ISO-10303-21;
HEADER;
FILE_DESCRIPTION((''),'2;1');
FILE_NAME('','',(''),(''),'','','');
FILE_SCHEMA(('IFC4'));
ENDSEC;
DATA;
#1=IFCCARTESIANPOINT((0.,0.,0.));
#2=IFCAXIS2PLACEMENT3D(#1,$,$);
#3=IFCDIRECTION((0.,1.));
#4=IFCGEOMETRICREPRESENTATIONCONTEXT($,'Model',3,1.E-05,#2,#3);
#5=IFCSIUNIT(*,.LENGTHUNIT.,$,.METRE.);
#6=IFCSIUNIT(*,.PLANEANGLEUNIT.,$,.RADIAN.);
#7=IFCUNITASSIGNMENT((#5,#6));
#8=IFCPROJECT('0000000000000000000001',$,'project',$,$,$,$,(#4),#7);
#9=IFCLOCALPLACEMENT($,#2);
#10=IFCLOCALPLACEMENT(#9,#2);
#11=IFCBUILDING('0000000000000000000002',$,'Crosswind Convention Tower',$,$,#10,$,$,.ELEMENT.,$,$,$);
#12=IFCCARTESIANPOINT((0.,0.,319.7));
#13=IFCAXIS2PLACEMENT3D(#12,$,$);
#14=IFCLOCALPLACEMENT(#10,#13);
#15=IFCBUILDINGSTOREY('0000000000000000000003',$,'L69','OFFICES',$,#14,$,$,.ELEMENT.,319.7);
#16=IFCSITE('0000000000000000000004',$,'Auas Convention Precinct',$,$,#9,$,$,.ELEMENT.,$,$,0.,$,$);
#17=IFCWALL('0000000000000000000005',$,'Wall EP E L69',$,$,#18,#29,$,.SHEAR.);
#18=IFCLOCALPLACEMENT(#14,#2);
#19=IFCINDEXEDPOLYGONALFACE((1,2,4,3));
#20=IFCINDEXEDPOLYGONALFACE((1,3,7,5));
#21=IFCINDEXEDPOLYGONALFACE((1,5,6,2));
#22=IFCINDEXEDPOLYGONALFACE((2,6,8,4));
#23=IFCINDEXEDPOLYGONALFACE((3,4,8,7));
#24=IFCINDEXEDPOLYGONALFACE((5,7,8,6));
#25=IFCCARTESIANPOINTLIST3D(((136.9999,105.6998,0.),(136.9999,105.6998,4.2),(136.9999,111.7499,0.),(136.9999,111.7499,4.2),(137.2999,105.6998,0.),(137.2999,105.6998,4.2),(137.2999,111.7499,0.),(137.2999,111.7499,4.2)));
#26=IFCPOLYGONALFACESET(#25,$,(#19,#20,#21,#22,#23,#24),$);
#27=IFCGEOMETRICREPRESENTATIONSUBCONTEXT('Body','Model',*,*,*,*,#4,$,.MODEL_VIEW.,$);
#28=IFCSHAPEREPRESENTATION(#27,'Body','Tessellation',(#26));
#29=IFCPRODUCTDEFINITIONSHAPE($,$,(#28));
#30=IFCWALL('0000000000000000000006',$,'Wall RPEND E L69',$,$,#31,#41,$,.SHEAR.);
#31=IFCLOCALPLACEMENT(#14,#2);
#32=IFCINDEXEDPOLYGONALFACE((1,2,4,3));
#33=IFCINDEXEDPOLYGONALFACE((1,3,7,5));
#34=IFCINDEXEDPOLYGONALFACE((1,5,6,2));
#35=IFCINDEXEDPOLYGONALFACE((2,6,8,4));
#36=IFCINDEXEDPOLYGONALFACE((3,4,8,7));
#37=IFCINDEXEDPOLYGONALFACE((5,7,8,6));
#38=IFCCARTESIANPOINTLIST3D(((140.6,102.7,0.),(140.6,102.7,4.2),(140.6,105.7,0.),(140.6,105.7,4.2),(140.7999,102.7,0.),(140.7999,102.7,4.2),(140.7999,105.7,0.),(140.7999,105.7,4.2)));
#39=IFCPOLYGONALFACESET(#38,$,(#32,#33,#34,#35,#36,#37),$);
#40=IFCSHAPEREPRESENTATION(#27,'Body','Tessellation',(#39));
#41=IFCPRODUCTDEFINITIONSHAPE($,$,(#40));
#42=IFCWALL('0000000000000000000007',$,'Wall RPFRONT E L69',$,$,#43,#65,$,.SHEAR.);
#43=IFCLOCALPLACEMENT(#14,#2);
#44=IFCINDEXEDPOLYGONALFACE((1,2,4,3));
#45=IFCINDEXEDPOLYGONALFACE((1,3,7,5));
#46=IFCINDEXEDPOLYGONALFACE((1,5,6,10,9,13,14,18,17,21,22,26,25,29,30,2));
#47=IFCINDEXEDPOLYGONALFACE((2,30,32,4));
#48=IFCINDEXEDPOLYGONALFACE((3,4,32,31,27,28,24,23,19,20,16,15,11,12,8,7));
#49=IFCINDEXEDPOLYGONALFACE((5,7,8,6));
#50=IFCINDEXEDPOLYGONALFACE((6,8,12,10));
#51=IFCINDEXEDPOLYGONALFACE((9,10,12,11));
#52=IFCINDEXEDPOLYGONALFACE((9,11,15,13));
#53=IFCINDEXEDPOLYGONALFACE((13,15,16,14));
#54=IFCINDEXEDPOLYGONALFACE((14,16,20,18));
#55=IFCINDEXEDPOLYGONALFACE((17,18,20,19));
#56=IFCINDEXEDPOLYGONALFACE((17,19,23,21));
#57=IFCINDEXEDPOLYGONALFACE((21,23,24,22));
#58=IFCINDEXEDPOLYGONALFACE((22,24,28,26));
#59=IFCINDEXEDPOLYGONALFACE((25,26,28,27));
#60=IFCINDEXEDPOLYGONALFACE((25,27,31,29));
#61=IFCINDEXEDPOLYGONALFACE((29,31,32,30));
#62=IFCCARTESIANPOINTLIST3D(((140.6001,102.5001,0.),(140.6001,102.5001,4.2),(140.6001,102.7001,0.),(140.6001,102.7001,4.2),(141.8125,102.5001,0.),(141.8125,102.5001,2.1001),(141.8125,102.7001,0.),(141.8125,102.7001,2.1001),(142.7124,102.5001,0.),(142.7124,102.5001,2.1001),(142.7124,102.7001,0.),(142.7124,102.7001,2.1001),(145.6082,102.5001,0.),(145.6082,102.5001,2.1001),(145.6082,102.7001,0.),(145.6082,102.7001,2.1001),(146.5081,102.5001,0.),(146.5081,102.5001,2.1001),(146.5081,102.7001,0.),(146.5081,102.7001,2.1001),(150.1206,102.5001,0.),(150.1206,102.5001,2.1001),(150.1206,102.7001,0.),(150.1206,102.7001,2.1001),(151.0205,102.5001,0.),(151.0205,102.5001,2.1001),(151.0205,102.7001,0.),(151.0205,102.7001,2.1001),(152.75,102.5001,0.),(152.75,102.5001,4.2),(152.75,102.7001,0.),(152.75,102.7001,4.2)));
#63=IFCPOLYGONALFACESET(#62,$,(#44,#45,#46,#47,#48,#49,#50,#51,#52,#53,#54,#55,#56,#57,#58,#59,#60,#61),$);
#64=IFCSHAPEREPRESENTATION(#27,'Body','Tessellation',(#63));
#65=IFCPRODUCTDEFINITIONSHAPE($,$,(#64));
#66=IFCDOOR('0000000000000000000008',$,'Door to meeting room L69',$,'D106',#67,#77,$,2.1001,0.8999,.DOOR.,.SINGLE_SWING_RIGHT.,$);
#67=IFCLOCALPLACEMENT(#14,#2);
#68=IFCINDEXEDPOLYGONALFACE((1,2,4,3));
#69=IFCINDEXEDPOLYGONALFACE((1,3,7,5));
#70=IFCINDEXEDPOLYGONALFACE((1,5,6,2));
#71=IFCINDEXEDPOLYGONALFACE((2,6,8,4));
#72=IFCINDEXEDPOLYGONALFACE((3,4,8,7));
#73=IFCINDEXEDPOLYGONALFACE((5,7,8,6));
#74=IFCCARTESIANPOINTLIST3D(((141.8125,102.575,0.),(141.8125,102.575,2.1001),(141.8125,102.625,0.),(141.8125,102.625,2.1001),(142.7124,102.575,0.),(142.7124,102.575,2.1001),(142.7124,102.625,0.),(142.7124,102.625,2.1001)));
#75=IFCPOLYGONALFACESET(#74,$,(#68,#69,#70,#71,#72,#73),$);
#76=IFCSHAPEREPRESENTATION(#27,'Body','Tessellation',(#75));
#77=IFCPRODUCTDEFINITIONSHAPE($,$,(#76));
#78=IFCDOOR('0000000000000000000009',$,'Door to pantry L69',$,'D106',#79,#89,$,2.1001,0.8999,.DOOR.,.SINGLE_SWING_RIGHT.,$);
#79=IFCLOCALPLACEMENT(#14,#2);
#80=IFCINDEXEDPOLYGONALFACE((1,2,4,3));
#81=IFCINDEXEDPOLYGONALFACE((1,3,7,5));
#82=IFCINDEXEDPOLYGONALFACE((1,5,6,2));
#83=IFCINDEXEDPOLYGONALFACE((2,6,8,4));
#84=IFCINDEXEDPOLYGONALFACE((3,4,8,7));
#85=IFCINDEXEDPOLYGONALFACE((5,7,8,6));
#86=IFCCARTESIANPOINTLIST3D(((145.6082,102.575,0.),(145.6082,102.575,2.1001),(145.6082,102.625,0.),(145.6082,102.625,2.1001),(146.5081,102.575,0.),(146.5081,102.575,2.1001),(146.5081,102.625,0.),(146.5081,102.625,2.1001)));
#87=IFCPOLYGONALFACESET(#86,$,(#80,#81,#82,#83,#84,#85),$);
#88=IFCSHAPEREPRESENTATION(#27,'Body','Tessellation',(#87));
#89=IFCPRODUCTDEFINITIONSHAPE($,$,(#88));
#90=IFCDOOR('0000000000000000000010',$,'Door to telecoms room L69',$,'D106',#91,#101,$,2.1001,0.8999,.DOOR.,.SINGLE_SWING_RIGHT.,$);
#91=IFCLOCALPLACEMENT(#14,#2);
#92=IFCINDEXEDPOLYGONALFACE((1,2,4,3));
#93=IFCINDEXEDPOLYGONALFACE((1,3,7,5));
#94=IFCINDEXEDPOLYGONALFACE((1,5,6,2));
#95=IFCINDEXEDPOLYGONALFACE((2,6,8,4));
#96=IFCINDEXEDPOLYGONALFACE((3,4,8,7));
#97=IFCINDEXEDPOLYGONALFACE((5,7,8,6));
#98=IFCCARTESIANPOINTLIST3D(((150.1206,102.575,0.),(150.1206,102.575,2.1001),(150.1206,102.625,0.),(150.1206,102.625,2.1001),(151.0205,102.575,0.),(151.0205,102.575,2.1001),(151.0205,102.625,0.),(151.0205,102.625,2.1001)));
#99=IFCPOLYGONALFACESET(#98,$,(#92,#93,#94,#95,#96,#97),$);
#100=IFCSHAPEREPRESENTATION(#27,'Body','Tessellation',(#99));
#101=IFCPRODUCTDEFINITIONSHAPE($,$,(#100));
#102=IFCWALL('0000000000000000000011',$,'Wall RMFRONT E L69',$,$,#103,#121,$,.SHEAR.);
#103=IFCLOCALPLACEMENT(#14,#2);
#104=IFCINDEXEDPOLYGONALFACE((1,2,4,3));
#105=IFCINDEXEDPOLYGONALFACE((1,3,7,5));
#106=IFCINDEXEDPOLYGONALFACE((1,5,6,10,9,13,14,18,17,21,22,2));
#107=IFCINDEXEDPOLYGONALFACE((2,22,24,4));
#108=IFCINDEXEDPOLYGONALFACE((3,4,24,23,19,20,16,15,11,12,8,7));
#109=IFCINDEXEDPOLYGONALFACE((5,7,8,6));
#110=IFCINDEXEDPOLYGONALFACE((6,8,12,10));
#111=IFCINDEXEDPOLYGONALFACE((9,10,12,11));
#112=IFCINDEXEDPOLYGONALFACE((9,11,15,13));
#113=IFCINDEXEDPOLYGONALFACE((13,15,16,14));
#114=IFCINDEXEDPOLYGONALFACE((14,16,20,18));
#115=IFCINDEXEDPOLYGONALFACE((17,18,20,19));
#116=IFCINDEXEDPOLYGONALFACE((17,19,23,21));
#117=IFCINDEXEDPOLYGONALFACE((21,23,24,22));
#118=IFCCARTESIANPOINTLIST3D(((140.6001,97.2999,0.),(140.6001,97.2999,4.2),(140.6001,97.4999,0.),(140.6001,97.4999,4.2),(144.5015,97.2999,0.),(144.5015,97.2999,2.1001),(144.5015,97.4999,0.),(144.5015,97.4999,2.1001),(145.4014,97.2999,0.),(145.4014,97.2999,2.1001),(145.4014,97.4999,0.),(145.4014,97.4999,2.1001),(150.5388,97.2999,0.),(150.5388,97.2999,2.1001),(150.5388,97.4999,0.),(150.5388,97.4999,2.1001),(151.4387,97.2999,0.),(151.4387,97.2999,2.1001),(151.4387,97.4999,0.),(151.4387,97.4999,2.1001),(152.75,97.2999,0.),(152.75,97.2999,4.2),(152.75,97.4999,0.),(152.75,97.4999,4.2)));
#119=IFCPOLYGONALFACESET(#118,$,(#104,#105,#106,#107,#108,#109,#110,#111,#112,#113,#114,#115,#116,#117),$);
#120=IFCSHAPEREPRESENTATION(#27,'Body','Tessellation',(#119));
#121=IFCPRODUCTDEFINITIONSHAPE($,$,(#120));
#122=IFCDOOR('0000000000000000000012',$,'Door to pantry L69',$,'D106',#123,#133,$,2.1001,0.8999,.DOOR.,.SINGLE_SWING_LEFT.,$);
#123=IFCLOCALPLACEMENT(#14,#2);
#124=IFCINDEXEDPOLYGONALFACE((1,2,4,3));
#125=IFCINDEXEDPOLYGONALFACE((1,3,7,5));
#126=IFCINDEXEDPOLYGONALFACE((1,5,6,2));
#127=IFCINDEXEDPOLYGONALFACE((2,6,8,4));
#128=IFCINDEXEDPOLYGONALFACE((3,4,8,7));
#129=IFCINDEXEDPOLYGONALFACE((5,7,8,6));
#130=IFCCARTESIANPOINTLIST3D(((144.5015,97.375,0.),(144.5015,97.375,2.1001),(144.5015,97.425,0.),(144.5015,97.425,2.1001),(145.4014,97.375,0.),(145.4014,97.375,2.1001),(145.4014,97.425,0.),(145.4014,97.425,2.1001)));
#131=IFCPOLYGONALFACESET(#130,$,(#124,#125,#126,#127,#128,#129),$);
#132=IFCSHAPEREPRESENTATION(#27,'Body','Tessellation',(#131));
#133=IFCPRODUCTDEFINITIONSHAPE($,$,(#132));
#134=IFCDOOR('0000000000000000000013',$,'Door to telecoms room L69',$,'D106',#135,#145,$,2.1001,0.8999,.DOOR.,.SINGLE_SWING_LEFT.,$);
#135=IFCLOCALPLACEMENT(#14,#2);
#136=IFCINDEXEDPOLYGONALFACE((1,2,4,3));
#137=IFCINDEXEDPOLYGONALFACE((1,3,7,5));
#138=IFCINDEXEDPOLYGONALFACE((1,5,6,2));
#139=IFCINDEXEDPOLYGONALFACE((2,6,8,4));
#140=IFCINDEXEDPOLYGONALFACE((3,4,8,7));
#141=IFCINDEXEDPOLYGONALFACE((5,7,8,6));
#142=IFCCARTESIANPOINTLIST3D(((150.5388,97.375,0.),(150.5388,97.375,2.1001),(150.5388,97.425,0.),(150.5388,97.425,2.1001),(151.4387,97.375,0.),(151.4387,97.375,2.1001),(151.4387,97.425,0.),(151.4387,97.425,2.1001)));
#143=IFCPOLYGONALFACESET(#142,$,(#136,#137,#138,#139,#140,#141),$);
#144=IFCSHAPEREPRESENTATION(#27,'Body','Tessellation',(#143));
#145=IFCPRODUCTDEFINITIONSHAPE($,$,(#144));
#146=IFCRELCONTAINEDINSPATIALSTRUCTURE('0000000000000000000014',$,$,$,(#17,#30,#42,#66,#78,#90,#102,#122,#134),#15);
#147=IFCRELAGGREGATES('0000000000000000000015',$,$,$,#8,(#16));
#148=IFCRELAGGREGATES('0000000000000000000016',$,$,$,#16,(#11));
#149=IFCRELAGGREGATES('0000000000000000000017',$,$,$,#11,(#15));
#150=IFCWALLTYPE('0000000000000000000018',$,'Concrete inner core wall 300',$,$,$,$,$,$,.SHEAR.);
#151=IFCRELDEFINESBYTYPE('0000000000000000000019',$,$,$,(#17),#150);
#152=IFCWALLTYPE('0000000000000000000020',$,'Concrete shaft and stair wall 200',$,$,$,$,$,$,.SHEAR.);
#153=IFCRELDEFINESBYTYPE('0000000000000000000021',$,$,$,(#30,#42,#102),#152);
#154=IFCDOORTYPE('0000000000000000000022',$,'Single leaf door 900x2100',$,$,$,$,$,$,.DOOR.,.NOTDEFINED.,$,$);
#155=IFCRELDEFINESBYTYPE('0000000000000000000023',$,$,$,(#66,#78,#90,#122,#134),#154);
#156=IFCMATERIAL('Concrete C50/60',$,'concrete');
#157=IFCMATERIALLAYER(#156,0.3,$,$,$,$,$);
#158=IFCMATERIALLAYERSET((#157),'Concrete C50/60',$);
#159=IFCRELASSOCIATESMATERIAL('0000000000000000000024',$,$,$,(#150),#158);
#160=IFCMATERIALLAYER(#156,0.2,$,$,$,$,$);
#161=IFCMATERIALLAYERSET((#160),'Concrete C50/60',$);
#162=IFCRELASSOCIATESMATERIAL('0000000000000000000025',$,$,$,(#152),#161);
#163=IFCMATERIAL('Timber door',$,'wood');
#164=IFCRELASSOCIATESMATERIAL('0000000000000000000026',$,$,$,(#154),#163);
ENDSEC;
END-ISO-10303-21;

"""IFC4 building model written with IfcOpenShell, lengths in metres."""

from ifc_helpers import new_model, si_unit, direction, frame, frame_2d, origin, place, context, subcontext, project, spatial, rectangle, extrude, material, layer, layer_set, type_object, element, fill, save


model = new_model("IFC4")

# Units and contexts
model_context = context("Model", 3, precision=1e-05, world=origin(), true_north=direction((0.0, 1.0)))
body_context = subcontext(model_context, "Body", "Model", "MODEL_VIEW")
ifc_project = project(units=[si_unit("LENGTHUNIT", "METRE"), si_unit("PLANEANGLEUNIT", "RADIAN")], contexts=[model_context])

# Site, building, storey
site_placement = place(None, origin())
site = spatial("IfcSite", under=ifc_project, at=site_placement, Name="Auas Convention Precinct", CompositionType="ELEMENT", RefElevation=0.0)
building_placement = place(site_placement, origin())
building = spatial("IfcBuilding", under=site, at=building_placement, Name="Crosswind Convention Tower", CompositionType="ELEMENT")
storey_placement = place(building_placement, frame((0.0, 0.0, 319.7)))
storey = spatial("IfcBuildingStorey", under=building, at=storey_placement, Name="L69", Description="OFFICES", CompositionType="ELEMENT", Elevation=319.7)

# Walls
ifc_material_1 = material(Name="Concrete C50/60", Category="concrete")
ifc_layer_1 = layer(ifc_material_1, 0.3)
ifc_layer_set_1 = layer_set([ifc_layer_1], Name="Concrete C50/60")
wall_type_1 = type_object("IfcWallType", Name="Concrete inner core wall 300", PredefinedType="SHEAR", material=ifc_layer_set_1)
wall_1_placement = place(storey_placement, frame((137.1499, 105.7, 0.0), z_axis=(0.0, 0.0, 1.0), x_axis=(0.0, 1.0, 0.0)))
element("IfcWall", 1, at=wall_1_placement, inside=storey, type_object=wall_type_1, Name="Wall EP E L69", PredefinedType="SHEAR", context=body_context, shape_type="SweptSolid", body=[
    extrude(rectangle(XDim=6.05, YDim=0.3, at=frame_2d((3.0249, 0.0))), origin(), (0.0, 0.0, 1.0), 4.2),
])
ifc_layer_2 = layer(ifc_material_1, 0.2)
ifc_layer_set_2 = layer_set([ifc_layer_2], Name="Concrete C50/60")
wall_type_2 = type_object("IfcWallType", Name="Concrete shaft and stair wall 200", PredefinedType="SHEAR", material=ifc_layer_set_2)
wall_2_placement = place(storey_placement, frame((140.7, 102.7, 0.0), z_axis=(0.0, 0.0, 1.0), x_axis=(0.0, 1.0, 0.0)))
element("IfcWall", 2, at=wall_2_placement, inside=storey, type_object=wall_type_2, Name="Wall RPEND E L69", PredefinedType="SHEAR", context=body_context, shape_type="SweptSolid", body=[
    extrude(rectangle(XDim=3.0, YDim=0.2, at=frame_2d((1.5, 0.0))), origin(), (0.0, 0.0, 1.0), 4.2),
])

# Walls, openings, doors
wall_3_placement = place(storey_placement, frame((140.6001, 102.6001, 0.0), z_axis=(0.0, 0.0, 1.0), x_axis=(1.0, 0.0, 0.0)))
wall_3 = element("IfcWall", 3, at=wall_3_placement, inside=storey, type_object=wall_type_2, Name="Wall RPFRONT E L69", PredefinedType="SHEAR", context=body_context, shape_type="SweptSolid", body=[
    extrude(rectangle(XDim=12.1499, YDim=0.2, at=frame_2d((6.075, 0.0))), origin(), (0.0, 0.0, 1.0), 4.2),
])
opening_1_placement = place(wall_3_placement, frame((1.2124, 0.0, 0.0)))
opening_1 = element("IfcOpeningElement", 4, at=opening_1_placement, cuts=wall_3, PredefinedType="OPENING", context=body_context, shape_type="SweptSolid", body=[
    extrude(rectangle(XDim=0.8999, YDim=2.1001, at=frame_2d((0.45, 1.05))), frame((0.0, 0.1099, 0.0), z_axis=(0.0, -1.0, 0.0), x_axis=(1.0, 0.0, 0.0)), (0.0, 0.0, 1.0), 0.22),
])
opening_2_placement = place(wall_3_placement, frame((5.0081, 0.0, 0.0)))
opening_2 = element("IfcOpeningElement", 5, at=opening_2_placement, cuts=wall_3, PredefinedType="OPENING", context=body_context, shape_type="SweptSolid", body=[
    extrude(rectangle(XDim=0.8999, YDim=2.1001, at=frame_2d((0.45, 1.05))), frame((0.0, 0.1099, 0.0), z_axis=(0.0, -1.0, 0.0), x_axis=(1.0, 0.0, 0.0)), (0.0, 0.0, 1.0), 0.22),
])
opening_3_placement = place(wall_3_placement, frame((9.5205, 0.0, 0.0)))
opening_3 = element("IfcOpeningElement", 6, at=opening_3_placement, cuts=wall_3, PredefinedType="OPENING", context=body_context, shape_type="SweptSolid", body=[
    extrude(rectangle(XDim=0.8999, YDim=2.1001, at=frame_2d((0.45, 1.05))), frame((0.0, 0.1099, 0.0), z_axis=(0.0, -1.0, 0.0), x_axis=(1.0, 0.0, 0.0)), (0.0, 0.0, 1.0), 0.22),
])
ifc_material_2 = material(Name="Timber door", Category="wood")
door_type_1 = type_object("IfcDoorType", Name="Single leaf door 900x2100", OperationType="NOTDEFINED", PredefinedType="DOOR", material=ifc_material_2)
door_1_placement = place(opening_1_placement, origin())
door_1 = element("IfcDoor", 7, at=door_1_placement, inside=storey, type_object=door_type_1, Name="Door to meeting room L69", ObjectType="D106", OperationType="SINGLE_SWING_RIGHT", OverallHeight=2.1001, OverallWidth=0.8999, PredefinedType="DOOR", context=body_context, shape_type="SweptSolid", body=[
    extrude(rectangle(XDim=0.8999, YDim=2.1001, at=frame_2d((0.45, 1.05))), frame((0.0, 0.0249, 0.0), z_axis=(0.0, -1.0, 0.0), x_axis=(1.0, 0.0, 0.0)), (0.0, 0.0, 1.0), 0.05),
])
fill(opening_1, door_1)
door_2_placement = place(opening_2_placement, origin())
door_2 = element("IfcDoor", 8, at=door_2_placement, inside=storey, type_object=door_type_1, Name="Door to pantry L69", ObjectType="D106", OperationType="SINGLE_SWING_RIGHT", OverallHeight=2.1001, OverallWidth=0.8999, PredefinedType="DOOR", context=body_context, shape_type="SweptSolid", body=[
    extrude(rectangle(XDim=0.8999, YDim=2.1001, at=frame_2d((0.45, 1.05))), frame((0.0, 0.0249, 0.0), z_axis=(0.0, -1.0, 0.0), x_axis=(1.0, 0.0, 0.0)), (0.0, 0.0, 1.0), 0.05),
])
fill(opening_2, door_2)
door_3_placement = place(opening_3_placement, origin())
door_3 = element("IfcDoor", 9, at=door_3_placement, inside=storey, type_object=door_type_1, Name="Door to telecoms room L69", ObjectType="D106", OperationType="SINGLE_SWING_RIGHT", OverallHeight=2.1001, OverallWidth=0.8999, PredefinedType="DOOR", context=body_context, shape_type="SweptSolid", body=[
    extrude(rectangle(XDim=0.8999, YDim=2.1001, at=frame_2d((0.45, 1.05))), frame((0.0, 0.0249, 0.0), z_axis=(0.0, -1.0, 0.0), x_axis=(1.0, 0.0, 0.0)), (0.0, 0.0, 1.0), 0.05),
])
fill(opening_3, door_3)
wall_4_placement = place(storey_placement, frame((140.6001, 97.3999, 0.0), z_axis=(0.0, 0.0, 1.0), x_axis=(1.0, 0.0, 0.0)))
wall_4 = element("IfcWall", 10, at=wall_4_placement, inside=storey, type_object=wall_type_2, Name="Wall RMFRONT E L69", PredefinedType="SHEAR", context=body_context, shape_type="SweptSolid", body=[
    extrude(rectangle(XDim=12.1499, YDim=0.2, at=frame_2d((6.075, 0.0))), origin(), (0.0, 0.0, 1.0), 4.2),
])
opening_4_placement = place(wall_4_placement, frame((3.9014, 0.0, 0.0)))
opening_4 = element("IfcOpeningElement", 11, at=opening_4_placement, cuts=wall_4, PredefinedType="OPENING", context=body_context, shape_type="SweptSolid", body=[
    extrude(rectangle(XDim=0.8999, YDim=2.1001, at=frame_2d((0.45, 1.05))), frame((0.0, 0.1099, 0.0), z_axis=(0.0, -1.0, 0.0), x_axis=(1.0, 0.0, 0.0)), (0.0, 0.0, 1.0), 0.22),
])
opening_5_placement = place(wall_4_placement, frame((9.9387, 0.0, 0.0)))
opening_5 = element("IfcOpeningElement", 12, at=opening_5_placement, cuts=wall_4, PredefinedType="OPENING", context=body_context, shape_type="SweptSolid", body=[
    extrude(rectangle(XDim=0.8999, YDim=2.1001, at=frame_2d((0.45, 1.05))), frame((0.0, 0.1099, 0.0), z_axis=(0.0, -1.0, 0.0), x_axis=(1.0, 0.0, 0.0)), (0.0, 0.0, 1.0), 0.22),
])
door_4_placement = place(opening_4_placement, frame((0.8999, 0.0, 0.0), z_axis=(0.0, 0.0, 1.0), x_axis=(-1.0, 0.0, 0.0)))
door_4 = element("IfcDoor", 13, at=door_4_placement, inside=storey, type_object=door_type_1, Name="Door to pantry L69", ObjectType="D106", OperationType="SINGLE_SWING_LEFT", OverallHeight=2.1001, OverallWidth=0.8999, PredefinedType="DOOR", context=body_context, shape_type="SweptSolid", body=[
    extrude(rectangle(XDim=0.8999, YDim=2.1001, at=frame_2d((0.45, 1.05))), frame((0.0, 0.0249, 0.0), z_axis=(0.0, -1.0, 0.0), x_axis=(1.0, 0.0, 0.0)), (0.0, 0.0, 1.0), 0.05),
])
fill(opening_4, door_4)
door_5_placement = place(opening_5_placement, frame((0.8999, 0.0, 0.0), z_axis=(0.0, 0.0, 1.0), x_axis=(-1.0, 0.0, 0.0)))
door_5 = element("IfcDoor", 14, at=door_5_placement, inside=storey, type_object=door_type_1, Name="Door to telecoms room L69", ObjectType="D106", OperationType="SINGLE_SWING_LEFT", OverallHeight=2.1001, OverallWidth=0.8999, PredefinedType="DOOR", context=body_context, shape_type="SweptSolid", body=[
    extrude(rectangle(XDim=0.8999, YDim=2.1001, at=frame_2d((0.45, 1.05))), frame((0.0, 0.0249, 0.0), z_axis=(0.0, -1.0, 0.0), x_axis=(1.0, 0.0, 0.0)), (0.0, 0.0, 1.0), 0.05),
])
fill(opening_5, door_5)

save(model, "model.ifc")
